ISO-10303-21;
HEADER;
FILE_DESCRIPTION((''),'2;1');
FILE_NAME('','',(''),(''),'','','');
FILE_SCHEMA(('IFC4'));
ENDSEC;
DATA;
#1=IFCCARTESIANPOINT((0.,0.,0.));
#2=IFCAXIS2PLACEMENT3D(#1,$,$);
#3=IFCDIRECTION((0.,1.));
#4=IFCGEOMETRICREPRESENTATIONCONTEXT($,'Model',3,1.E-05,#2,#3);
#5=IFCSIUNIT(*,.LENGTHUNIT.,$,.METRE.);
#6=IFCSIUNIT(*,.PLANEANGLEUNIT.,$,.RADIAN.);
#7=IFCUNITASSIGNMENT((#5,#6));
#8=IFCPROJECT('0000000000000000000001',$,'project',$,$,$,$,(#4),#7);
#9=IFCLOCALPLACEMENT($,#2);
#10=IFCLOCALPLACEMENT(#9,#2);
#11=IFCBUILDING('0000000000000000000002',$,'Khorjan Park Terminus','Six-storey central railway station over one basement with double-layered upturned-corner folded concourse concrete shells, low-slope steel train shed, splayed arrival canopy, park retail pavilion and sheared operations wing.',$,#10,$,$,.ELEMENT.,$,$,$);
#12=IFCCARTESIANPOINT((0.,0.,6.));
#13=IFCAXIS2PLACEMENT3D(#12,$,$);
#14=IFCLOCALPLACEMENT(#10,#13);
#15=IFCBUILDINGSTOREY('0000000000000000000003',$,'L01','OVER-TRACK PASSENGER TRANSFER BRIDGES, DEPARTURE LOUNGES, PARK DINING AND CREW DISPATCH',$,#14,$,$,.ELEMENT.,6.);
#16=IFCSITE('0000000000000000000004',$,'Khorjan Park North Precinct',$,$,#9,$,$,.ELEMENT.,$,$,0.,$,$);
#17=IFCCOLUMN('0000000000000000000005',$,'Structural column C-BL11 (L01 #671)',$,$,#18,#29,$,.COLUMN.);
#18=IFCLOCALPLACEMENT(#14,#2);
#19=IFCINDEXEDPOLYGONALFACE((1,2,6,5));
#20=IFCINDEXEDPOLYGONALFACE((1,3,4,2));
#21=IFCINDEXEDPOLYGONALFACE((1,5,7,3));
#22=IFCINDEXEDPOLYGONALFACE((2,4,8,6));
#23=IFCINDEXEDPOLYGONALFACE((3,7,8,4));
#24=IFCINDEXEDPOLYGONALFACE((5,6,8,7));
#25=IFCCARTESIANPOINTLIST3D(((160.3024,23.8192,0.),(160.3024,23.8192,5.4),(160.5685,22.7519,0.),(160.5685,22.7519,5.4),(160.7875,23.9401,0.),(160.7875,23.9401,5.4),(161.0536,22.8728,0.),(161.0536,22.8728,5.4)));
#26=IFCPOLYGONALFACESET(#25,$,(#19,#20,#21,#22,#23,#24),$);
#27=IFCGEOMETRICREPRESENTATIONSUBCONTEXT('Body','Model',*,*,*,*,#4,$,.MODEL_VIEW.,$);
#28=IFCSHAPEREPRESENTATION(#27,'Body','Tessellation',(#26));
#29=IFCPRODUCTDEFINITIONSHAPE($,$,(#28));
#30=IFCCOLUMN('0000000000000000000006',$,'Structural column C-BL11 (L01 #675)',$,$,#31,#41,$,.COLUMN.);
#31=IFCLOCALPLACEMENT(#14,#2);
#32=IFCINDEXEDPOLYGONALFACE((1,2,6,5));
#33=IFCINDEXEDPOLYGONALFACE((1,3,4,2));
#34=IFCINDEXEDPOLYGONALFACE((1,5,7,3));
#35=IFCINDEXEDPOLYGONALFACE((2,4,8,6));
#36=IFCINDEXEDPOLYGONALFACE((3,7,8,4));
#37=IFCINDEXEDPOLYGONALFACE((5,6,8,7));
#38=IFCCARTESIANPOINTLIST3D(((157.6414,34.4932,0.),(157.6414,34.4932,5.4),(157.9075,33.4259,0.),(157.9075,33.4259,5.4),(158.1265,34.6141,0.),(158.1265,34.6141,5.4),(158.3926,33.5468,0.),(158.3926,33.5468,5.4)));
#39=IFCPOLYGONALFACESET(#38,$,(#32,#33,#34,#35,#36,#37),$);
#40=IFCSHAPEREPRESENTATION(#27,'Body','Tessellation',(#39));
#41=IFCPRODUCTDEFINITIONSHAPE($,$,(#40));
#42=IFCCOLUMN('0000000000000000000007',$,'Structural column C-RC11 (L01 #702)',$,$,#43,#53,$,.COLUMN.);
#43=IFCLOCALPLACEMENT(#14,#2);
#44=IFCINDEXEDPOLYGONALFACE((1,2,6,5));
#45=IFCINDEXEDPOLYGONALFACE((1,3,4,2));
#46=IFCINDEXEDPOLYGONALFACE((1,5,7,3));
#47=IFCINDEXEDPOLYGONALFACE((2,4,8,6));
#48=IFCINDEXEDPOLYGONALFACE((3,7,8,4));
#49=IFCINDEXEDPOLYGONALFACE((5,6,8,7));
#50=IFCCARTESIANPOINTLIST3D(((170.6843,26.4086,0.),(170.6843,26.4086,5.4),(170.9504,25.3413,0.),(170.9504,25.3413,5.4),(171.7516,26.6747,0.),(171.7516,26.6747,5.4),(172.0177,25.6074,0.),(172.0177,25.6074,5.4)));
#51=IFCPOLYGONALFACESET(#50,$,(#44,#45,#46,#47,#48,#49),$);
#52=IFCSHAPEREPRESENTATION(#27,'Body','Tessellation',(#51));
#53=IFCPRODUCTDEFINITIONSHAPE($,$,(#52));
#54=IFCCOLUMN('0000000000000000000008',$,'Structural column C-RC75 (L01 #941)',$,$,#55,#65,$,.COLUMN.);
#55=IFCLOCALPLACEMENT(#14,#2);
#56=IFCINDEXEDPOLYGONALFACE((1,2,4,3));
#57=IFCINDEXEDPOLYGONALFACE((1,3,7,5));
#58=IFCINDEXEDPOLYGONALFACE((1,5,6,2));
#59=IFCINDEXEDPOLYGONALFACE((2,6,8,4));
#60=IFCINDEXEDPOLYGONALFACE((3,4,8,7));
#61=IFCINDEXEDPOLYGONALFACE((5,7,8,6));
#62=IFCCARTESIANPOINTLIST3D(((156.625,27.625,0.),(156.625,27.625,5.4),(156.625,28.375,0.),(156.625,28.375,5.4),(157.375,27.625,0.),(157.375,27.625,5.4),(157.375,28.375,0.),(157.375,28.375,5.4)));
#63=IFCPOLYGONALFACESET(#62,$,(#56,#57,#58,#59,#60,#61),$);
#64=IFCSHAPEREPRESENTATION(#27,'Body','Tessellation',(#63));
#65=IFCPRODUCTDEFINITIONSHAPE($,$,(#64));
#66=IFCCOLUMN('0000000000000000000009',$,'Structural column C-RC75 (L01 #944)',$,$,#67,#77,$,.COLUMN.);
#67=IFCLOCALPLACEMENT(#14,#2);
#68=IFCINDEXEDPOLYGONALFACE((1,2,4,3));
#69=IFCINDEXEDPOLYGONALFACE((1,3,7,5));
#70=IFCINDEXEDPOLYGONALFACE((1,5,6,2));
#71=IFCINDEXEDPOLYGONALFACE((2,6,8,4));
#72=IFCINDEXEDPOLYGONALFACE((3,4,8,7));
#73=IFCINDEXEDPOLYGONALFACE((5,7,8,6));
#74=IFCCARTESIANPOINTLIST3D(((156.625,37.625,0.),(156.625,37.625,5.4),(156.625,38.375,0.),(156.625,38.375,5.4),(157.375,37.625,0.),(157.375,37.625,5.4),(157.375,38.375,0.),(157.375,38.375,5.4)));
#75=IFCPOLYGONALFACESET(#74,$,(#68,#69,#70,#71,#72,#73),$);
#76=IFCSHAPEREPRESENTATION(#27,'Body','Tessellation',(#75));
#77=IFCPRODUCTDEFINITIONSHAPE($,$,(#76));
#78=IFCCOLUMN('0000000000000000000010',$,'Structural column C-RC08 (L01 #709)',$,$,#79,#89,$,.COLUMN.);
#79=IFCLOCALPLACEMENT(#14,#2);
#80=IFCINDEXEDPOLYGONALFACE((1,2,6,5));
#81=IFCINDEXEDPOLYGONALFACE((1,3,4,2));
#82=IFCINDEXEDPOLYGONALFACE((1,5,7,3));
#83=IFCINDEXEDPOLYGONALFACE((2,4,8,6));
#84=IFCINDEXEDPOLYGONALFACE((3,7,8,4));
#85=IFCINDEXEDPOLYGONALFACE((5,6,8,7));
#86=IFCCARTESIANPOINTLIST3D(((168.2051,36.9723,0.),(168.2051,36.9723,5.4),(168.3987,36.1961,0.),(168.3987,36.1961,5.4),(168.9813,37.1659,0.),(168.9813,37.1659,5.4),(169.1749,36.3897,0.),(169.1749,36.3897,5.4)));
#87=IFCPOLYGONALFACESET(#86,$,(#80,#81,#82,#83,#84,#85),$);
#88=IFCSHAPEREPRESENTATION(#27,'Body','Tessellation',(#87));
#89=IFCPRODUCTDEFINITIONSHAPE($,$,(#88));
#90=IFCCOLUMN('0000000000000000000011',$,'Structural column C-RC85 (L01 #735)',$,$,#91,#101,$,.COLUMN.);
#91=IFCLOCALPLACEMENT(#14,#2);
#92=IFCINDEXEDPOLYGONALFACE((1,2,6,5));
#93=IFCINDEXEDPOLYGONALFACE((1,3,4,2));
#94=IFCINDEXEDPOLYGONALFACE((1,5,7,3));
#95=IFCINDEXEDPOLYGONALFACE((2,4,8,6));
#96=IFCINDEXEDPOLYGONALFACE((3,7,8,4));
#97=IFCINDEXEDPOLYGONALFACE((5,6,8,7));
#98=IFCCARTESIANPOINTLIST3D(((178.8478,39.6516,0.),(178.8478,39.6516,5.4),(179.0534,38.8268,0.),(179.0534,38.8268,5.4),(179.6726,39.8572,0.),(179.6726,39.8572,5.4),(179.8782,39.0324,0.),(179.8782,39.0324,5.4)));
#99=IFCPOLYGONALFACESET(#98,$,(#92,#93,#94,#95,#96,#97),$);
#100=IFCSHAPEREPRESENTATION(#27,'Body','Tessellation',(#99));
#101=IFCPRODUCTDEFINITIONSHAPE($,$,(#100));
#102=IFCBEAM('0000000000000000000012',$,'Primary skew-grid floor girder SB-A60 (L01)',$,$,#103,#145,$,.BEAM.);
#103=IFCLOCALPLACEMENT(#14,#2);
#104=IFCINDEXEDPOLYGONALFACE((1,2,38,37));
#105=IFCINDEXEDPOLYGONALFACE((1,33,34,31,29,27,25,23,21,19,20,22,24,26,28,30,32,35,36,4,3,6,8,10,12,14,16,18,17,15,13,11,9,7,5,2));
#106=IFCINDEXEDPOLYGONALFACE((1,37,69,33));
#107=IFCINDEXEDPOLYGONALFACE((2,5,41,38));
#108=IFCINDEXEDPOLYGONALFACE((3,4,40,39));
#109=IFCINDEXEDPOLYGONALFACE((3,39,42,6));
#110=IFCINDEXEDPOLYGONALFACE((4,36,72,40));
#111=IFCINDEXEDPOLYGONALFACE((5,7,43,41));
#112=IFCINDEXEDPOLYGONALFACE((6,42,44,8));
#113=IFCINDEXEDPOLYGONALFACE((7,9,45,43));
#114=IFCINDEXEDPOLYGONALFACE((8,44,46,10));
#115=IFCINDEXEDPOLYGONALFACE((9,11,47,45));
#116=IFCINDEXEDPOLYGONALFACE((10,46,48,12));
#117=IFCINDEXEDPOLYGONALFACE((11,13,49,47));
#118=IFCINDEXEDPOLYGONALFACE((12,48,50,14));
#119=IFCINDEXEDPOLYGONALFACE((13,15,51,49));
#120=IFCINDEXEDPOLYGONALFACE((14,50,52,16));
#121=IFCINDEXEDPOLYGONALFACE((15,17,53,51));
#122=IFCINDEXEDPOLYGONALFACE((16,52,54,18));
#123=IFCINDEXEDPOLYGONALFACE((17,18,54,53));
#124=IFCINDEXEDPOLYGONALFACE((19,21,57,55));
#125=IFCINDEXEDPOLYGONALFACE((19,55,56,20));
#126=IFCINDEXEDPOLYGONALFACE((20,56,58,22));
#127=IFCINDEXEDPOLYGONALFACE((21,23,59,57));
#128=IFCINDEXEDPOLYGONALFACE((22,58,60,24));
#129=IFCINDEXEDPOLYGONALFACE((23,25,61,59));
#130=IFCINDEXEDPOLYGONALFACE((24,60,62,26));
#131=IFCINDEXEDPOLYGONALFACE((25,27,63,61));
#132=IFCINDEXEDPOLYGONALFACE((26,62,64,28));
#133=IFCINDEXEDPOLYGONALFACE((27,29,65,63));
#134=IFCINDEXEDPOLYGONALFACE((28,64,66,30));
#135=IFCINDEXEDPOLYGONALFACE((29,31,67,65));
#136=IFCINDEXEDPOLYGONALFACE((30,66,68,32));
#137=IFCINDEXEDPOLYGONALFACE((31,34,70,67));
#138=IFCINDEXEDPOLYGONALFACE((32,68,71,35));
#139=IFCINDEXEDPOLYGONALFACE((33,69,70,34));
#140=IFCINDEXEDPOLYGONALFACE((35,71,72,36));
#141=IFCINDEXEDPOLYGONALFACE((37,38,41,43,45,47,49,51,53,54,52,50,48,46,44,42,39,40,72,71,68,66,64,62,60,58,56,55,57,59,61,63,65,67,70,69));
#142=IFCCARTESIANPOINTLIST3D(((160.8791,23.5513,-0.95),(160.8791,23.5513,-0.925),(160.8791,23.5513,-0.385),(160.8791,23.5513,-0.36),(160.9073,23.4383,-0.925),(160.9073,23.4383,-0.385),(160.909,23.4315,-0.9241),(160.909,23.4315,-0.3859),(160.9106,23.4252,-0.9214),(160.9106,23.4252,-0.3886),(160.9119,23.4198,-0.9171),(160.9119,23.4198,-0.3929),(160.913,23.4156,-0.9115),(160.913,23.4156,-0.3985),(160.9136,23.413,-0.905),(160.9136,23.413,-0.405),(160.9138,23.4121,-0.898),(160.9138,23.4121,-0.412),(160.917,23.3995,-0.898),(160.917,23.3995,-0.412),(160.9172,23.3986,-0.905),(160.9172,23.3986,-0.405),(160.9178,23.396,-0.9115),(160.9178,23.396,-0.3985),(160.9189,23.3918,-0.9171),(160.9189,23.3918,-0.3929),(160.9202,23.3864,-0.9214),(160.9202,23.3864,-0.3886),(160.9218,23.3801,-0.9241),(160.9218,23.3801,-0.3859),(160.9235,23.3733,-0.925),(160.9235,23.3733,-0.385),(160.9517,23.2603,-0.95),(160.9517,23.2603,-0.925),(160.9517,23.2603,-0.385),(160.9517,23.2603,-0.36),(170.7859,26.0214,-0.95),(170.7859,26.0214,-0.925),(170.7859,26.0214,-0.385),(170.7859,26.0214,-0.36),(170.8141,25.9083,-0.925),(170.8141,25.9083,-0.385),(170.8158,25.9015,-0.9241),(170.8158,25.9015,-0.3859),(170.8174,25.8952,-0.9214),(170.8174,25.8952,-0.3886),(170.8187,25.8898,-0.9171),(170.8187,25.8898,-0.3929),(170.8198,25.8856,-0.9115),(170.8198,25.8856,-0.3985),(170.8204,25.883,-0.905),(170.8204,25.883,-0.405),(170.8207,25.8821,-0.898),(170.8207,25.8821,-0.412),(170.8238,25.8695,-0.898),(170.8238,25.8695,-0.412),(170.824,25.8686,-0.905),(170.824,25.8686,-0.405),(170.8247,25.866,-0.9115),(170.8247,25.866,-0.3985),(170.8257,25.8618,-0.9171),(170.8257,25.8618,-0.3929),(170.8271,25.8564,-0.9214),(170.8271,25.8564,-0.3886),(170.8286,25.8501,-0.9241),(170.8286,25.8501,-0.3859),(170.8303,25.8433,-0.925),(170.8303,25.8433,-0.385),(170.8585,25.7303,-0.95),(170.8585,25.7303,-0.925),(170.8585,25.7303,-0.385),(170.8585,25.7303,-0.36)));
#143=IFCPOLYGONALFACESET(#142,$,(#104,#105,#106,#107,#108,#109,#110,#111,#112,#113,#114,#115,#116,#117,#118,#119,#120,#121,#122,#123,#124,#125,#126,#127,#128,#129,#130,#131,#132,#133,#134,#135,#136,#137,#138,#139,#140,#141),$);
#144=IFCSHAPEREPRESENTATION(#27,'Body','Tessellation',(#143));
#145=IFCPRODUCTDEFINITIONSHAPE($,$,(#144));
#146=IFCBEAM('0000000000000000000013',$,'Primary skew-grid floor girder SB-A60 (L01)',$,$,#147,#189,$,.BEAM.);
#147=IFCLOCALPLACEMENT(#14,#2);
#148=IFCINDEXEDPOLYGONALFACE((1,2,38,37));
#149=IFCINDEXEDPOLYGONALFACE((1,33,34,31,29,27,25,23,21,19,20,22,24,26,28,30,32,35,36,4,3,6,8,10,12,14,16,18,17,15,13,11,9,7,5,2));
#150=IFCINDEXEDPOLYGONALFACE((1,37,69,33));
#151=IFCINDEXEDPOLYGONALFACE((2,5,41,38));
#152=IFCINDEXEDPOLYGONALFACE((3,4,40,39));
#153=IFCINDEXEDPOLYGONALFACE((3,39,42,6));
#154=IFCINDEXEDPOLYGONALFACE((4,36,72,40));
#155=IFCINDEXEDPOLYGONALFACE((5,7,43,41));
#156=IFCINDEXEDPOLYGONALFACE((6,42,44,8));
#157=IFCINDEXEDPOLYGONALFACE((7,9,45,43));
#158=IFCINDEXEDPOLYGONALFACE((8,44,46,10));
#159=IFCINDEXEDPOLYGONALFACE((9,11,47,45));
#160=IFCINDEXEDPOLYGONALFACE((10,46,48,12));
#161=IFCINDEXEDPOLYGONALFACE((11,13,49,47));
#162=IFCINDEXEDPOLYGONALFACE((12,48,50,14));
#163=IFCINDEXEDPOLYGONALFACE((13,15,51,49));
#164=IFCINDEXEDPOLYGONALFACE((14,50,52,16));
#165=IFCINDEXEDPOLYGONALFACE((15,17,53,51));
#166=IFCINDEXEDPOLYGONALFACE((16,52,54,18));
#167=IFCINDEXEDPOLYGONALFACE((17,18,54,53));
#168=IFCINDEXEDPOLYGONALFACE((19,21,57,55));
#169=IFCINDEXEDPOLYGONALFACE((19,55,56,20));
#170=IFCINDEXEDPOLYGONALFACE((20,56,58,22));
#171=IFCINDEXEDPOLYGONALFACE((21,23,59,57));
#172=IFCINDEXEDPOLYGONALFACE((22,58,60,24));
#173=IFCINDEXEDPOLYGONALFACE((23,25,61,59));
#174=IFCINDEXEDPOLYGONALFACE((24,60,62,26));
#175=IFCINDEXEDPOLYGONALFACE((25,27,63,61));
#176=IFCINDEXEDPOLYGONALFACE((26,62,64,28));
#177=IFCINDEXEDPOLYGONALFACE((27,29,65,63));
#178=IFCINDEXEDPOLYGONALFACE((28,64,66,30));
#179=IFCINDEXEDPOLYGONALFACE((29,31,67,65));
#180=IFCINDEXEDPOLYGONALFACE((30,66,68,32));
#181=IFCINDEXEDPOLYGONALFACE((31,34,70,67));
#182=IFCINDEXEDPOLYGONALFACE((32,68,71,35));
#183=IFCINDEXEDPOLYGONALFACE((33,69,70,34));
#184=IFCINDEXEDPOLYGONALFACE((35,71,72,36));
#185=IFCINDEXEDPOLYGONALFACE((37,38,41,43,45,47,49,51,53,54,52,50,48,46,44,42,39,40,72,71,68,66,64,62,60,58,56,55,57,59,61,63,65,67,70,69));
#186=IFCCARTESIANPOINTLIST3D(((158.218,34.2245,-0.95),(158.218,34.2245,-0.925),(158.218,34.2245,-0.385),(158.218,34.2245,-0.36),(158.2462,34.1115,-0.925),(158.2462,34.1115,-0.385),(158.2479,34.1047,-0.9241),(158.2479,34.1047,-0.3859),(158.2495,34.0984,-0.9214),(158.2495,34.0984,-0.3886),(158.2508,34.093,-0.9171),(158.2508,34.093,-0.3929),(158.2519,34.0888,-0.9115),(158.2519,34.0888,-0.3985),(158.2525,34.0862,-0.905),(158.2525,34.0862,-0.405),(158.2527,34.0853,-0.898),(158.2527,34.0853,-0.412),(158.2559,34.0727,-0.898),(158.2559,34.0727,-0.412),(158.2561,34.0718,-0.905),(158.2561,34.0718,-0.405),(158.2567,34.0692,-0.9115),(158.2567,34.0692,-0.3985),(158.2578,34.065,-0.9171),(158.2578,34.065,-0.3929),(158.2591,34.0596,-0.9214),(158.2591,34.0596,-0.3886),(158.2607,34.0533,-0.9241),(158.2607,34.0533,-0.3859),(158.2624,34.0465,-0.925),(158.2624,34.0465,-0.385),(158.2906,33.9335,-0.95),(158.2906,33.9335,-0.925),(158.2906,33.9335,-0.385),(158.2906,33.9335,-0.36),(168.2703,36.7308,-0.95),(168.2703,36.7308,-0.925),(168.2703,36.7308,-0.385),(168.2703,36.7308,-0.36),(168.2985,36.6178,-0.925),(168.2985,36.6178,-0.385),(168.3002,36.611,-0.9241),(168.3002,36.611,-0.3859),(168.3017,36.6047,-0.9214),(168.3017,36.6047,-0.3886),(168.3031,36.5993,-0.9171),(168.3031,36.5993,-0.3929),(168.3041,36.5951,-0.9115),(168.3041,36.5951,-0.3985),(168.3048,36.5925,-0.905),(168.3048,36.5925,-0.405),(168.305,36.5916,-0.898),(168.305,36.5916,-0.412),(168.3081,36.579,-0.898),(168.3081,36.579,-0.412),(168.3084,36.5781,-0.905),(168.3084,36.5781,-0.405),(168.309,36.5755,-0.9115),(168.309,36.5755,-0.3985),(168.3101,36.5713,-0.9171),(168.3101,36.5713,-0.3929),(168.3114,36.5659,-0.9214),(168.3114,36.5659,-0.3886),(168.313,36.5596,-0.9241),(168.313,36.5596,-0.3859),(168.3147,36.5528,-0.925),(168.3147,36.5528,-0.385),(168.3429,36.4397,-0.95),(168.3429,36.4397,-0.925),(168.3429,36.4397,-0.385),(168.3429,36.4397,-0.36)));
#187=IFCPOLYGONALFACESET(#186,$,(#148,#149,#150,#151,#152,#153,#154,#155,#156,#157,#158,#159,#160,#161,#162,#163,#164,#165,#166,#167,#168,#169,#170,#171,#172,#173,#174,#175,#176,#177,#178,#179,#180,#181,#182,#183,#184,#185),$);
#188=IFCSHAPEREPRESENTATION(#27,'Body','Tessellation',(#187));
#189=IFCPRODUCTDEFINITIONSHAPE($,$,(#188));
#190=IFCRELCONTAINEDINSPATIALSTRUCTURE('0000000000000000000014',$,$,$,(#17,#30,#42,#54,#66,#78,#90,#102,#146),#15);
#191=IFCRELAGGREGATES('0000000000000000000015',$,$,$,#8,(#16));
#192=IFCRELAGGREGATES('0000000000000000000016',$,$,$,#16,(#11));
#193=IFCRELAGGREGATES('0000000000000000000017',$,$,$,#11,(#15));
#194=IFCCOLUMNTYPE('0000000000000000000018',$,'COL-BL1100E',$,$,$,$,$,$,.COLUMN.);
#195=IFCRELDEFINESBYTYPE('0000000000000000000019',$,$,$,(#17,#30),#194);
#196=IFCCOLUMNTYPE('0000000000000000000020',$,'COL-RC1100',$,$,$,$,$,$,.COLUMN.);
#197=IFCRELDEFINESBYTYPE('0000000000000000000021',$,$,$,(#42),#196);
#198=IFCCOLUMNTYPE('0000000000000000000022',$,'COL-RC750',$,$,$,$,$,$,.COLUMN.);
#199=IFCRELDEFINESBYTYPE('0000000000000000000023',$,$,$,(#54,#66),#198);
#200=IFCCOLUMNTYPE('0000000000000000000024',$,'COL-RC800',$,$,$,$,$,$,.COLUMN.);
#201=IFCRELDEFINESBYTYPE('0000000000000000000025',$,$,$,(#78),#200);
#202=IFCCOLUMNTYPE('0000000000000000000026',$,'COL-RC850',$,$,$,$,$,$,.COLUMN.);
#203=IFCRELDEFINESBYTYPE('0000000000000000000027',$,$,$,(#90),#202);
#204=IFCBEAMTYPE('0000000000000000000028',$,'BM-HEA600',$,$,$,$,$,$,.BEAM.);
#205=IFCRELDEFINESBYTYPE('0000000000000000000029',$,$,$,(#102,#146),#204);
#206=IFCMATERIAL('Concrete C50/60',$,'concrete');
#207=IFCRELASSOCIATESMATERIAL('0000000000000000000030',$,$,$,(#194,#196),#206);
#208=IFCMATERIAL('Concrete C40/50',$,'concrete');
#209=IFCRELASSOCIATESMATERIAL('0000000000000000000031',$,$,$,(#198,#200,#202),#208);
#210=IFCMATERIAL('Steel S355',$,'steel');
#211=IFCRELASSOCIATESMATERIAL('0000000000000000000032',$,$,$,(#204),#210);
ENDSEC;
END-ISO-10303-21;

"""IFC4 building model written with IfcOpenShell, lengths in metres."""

from ifc_helpers import new_model, si_unit, direction, frame, origin, origin_2d, place, context, subcontext, project, spatial, rectangle, i_section, extrude, material, material_profile, profile_set, type_object, element, save


model = new_model("IFC4")

# Units and contexts
model_context = context("Model", 3, precision=1e-05, world=origin(), true_north=direction((0.0, 1.0)))
body_context = subcontext(model_context, "Body", "Model", "MODEL_VIEW")
ifc_project = project(units=[si_unit("LENGTHUNIT", "METRE"), si_unit("PLANEANGLEUNIT", "RADIAN")], contexts=[model_context])

# Site, building, storey
site_placement = place(None, origin())
site = spatial("IfcSite", under=ifc_project, at=site_placement, Name="Khorjan Park North Precinct", CompositionType="ELEMENT", RefElevation=0.0)
building_placement = place(site_placement, origin())
building = spatial("IfcBuilding", under=site, at=building_placement, Name="Khorjan Park Terminus", Description="Six-storey central railway station over one basement with double-layered upturned-corner folded concourse concrete shells, low-slope steel train shed, splayed arrival canopy, park retail pavilion and sheared operations wing.", CompositionType="ELEMENT")
storey_placement = place(building_placement, frame((0.0, 0.0, 6.0)))
storey = spatial("IfcBuildingStorey", under=building, at=storey_placement, Name="L01", Description="OVER-TRACK PASSENGER TRANSFER BRIDGES, DEPARTURE LOUNGES, PARK DINING AND CREW DISPATCH", CompositionType="ELEMENT", Elevation=6.0)

# Columns
ifc_material_1 = material(Name="Concrete C50/60", Category="concrete")
ifc_material_profile_1 = material_profile(ifc_material_1, rectangle(XDim=0.5, YDim=1.1, at=origin_2d()), Name="RC 500x1100")
ifc_profile_set_1 = profile_set([ifc_material_profile_1], Name="Concrete C50/60")
column_type_1 = type_object("IfcColumnType", Name="COL-BL1100E", PredefinedType="COLUMN", material=ifc_profile_set_1)
for number, where, z_axis, x_axis, name in (
    (1, (160.678, 23.346, 0.0), (0.0, 0.0, 1.0), (0.970296, 0.241922, 0.0), "Structural column C-BL11 (L01 #671)"),
    (2, (158.017, 34.02, 0.0), (0.0, 0.0, 1.0), (0.970296, 0.241922, 0.0), "Structural column C-BL11 (L01 #675)"),
):
    element("IfcColumn", number, at=place(storey_placement, frame(where, z_axis=z_axis, x_axis=x_axis)), inside=storey, type_object=column_type_1, Name=name, PredefinedType="COLUMN", context=body_context, shape_type="SweptSolid", body=[
        extrude(rectangle(XDim=0.5, YDim=1.1, at=origin_2d()), origin(), (0.0, 0.0, 1.0), 5.4),
    ])
ifc_material_profile_2 = material_profile(ifc_material_1, rectangle(XDim=1.1, YDim=1.1, at=origin_2d()), Name="RC 1100x1100")
ifc_profile_set_2 = profile_set([ifc_material_profile_2], Name="Concrete C50/60")
column_type_2 = type_object("IfcColumnType", Name="COL-RC1100", PredefinedType="COLUMN", material=ifc_profile_set_2)
column_1_placement = place(storey_placement, frame((171.351, 26.008, 0.0), z_axis=(0.0, 0.0, 1.0), x_axis=(0.970296, 0.241922, 0.0)))
element("IfcColumn", 3, at=column_1_placement, inside=storey, type_object=column_type_2, Name="Structural column C-RC11 (L01 #702)", PredefinedType="COLUMN", context=body_context, shape_type="SweptSolid", body=[
    extrude(rectangle(XDim=1.1, YDim=1.1, at=origin_2d()), origin(), (0.0, 0.0, 1.0), 5.4),
])
ifc_material_2 = material(Name="Concrete C40/50", Category="concrete")
ifc_material_profile_3 = material_profile(ifc_material_2, rectangle(XDim=0.75, YDim=0.75, at=origin_2d()), Name="RC 750x750")
ifc_profile_set_3 = profile_set([ifc_material_profile_3], Name="Concrete C40/50")
column_type_3 = type_object("IfcColumnType", Name="COL-RC750", PredefinedType="COLUMN", material=ifc_profile_set_3)
for number, where, z_axis, x_axis, name in (
    (4, (157.0, 28.0, 0.0), (0.0, 0.0, 1.0), (1.0, 0.0, 0.0), "Structural column C-RC75 (L01 #941)"),
    (5, (157.0, 38.0, 0.0), (0.0, 0.0, 1.0), (1.0, 0.0, 0.0), "Structural column C-RC75 (L01 #944)"),
):
    element("IfcColumn", number, at=place(storey_placement, frame(where, z_axis=z_axis, x_axis=x_axis)), inside=storey, type_object=column_type_3, Name=name, PredefinedType="COLUMN", context=body_context, shape_type="SweptSolid", body=[
        extrude(rectangle(XDim=0.75, YDim=0.75, at=origin_2d()), origin(), (0.0, 0.0, 1.0), 5.4),
    ])
ifc_material_profile_4 = material_profile(ifc_material_2, rectangle(XDim=0.8, YDim=0.8, at=origin_2d()), Name="RC 800x800")
ifc_profile_set_4 = profile_set([ifc_material_profile_4], Name="Concrete C40/50")
column_type_4 = type_object("IfcColumnType", Name="COL-RC800", PredefinedType="COLUMN", material=ifc_profile_set_4)
column_2_placement = place(storey_placement, frame((168.69, 36.681, 0.0), z_axis=(0.0, 0.0, 1.0), x_axis=(0.970296, 0.241922, 0.0)))
element("IfcColumn", 6, at=column_2_placement, inside=storey, type_object=column_type_4, Name="Structural column C-RC08 (L01 #709)", PredefinedType="COLUMN", context=body_context, shape_type="SweptSolid", body=[
    extrude(rectangle(XDim=0.8, YDim=0.8, at=origin_2d()), origin(), (0.0, 0.0, 1.0), 5.4),
])
ifc_material_profile_5 = material_profile(ifc_material_2, rectangle(XDim=0.85, YDim=0.85, at=origin_2d()), Name="RC 850x850")
ifc_profile_set_5 = profile_set([ifc_material_profile_5], Name="Concrete C40/50")
column_type_5 = type_object("IfcColumnType", Name="COL-RC850", PredefinedType="COLUMN", material=ifc_profile_set_5)
column_3_placement = place(storey_placement, frame((179.363, 39.342, 0.0), z_axis=(0.0, 0.0, 1.0), x_axis=(0.970296, 0.241922, 0.0)))
element("IfcColumn", 7, at=column_3_placement, inside=storey, type_object=column_type_5, Name="Structural column C-RC85 (L01 #735)", PredefinedType="COLUMN", context=body_context, shape_type="SweptSolid", body=[
    extrude(rectangle(XDim=0.85, YDim=0.85, at=origin_2d()), origin(), (0.0, 0.0, 1.0), 5.4),
])

# Beams
ifc_material_3 = material(Name="Steel S355", Category="steel")
ifc_material_profile_6 = material_profile(ifc_material_3, i_section(OverallWidth=0.3, OverallDepth=0.59, WebThickness=0.013, FlangeThickness=0.025, FilletRadius=0.027, at=origin_2d()), Name="HEA 600")
ifc_profile_set_6 = profile_set([ifc_material_profile_6], Name="Steel S355")
beam_type_1 = type_object("IfcBeamType", Name="BM-HEA600", PredefinedType="BEAM", material=ifc_profile_set_6)
beam_1_placement = place(storey_placement, frame((160.9154, 23.4058, -0.655), z_axis=(0.970297, 0.241918, 0.0), x_axis=(-0.241918, 0.970297, 0.0)))
element("IfcBeam", 8, at=beam_1_placement, inside=storey, type_object=beam_type_1, Name="Primary skew-grid floor girder SB-A60 (L01)", PredefinedType="BEAM", context=body_context, shape_type="SweptSolid", body=[
    extrude(i_section(OverallWidth=0.3, OverallDepth=0.59, WebThickness=0.013, FlangeThickness=0.025, FilletRadius=0.027, at=origin_2d()), origin(), (0.0, 0.0, 1.0), 10.2101),
])
beam_2_placement = place(storey_placement, frame((158.2543, 34.079, -0.655), z_axis=(0.970296, 0.24192, 0.0), x_axis=(-0.24192, 0.970296, 0.0)))
element("IfcBeam", 9, at=beam_2_placement, inside=storey, type_object=beam_type_1, Name="Primary skew-grid floor girder SB-A60 (L01)", PredefinedType="BEAM", context=body_context, shape_type="SweptSolid", body=[
    extrude(i_section(OverallWidth=0.3, OverallDepth=0.59, WebThickness=0.013, FlangeThickness=0.025, FilletRadius=0.027, at=origin_2d()), origin(), (0.0, 0.0, 1.0), 10.36),
])

save(model, "model.ifc")
